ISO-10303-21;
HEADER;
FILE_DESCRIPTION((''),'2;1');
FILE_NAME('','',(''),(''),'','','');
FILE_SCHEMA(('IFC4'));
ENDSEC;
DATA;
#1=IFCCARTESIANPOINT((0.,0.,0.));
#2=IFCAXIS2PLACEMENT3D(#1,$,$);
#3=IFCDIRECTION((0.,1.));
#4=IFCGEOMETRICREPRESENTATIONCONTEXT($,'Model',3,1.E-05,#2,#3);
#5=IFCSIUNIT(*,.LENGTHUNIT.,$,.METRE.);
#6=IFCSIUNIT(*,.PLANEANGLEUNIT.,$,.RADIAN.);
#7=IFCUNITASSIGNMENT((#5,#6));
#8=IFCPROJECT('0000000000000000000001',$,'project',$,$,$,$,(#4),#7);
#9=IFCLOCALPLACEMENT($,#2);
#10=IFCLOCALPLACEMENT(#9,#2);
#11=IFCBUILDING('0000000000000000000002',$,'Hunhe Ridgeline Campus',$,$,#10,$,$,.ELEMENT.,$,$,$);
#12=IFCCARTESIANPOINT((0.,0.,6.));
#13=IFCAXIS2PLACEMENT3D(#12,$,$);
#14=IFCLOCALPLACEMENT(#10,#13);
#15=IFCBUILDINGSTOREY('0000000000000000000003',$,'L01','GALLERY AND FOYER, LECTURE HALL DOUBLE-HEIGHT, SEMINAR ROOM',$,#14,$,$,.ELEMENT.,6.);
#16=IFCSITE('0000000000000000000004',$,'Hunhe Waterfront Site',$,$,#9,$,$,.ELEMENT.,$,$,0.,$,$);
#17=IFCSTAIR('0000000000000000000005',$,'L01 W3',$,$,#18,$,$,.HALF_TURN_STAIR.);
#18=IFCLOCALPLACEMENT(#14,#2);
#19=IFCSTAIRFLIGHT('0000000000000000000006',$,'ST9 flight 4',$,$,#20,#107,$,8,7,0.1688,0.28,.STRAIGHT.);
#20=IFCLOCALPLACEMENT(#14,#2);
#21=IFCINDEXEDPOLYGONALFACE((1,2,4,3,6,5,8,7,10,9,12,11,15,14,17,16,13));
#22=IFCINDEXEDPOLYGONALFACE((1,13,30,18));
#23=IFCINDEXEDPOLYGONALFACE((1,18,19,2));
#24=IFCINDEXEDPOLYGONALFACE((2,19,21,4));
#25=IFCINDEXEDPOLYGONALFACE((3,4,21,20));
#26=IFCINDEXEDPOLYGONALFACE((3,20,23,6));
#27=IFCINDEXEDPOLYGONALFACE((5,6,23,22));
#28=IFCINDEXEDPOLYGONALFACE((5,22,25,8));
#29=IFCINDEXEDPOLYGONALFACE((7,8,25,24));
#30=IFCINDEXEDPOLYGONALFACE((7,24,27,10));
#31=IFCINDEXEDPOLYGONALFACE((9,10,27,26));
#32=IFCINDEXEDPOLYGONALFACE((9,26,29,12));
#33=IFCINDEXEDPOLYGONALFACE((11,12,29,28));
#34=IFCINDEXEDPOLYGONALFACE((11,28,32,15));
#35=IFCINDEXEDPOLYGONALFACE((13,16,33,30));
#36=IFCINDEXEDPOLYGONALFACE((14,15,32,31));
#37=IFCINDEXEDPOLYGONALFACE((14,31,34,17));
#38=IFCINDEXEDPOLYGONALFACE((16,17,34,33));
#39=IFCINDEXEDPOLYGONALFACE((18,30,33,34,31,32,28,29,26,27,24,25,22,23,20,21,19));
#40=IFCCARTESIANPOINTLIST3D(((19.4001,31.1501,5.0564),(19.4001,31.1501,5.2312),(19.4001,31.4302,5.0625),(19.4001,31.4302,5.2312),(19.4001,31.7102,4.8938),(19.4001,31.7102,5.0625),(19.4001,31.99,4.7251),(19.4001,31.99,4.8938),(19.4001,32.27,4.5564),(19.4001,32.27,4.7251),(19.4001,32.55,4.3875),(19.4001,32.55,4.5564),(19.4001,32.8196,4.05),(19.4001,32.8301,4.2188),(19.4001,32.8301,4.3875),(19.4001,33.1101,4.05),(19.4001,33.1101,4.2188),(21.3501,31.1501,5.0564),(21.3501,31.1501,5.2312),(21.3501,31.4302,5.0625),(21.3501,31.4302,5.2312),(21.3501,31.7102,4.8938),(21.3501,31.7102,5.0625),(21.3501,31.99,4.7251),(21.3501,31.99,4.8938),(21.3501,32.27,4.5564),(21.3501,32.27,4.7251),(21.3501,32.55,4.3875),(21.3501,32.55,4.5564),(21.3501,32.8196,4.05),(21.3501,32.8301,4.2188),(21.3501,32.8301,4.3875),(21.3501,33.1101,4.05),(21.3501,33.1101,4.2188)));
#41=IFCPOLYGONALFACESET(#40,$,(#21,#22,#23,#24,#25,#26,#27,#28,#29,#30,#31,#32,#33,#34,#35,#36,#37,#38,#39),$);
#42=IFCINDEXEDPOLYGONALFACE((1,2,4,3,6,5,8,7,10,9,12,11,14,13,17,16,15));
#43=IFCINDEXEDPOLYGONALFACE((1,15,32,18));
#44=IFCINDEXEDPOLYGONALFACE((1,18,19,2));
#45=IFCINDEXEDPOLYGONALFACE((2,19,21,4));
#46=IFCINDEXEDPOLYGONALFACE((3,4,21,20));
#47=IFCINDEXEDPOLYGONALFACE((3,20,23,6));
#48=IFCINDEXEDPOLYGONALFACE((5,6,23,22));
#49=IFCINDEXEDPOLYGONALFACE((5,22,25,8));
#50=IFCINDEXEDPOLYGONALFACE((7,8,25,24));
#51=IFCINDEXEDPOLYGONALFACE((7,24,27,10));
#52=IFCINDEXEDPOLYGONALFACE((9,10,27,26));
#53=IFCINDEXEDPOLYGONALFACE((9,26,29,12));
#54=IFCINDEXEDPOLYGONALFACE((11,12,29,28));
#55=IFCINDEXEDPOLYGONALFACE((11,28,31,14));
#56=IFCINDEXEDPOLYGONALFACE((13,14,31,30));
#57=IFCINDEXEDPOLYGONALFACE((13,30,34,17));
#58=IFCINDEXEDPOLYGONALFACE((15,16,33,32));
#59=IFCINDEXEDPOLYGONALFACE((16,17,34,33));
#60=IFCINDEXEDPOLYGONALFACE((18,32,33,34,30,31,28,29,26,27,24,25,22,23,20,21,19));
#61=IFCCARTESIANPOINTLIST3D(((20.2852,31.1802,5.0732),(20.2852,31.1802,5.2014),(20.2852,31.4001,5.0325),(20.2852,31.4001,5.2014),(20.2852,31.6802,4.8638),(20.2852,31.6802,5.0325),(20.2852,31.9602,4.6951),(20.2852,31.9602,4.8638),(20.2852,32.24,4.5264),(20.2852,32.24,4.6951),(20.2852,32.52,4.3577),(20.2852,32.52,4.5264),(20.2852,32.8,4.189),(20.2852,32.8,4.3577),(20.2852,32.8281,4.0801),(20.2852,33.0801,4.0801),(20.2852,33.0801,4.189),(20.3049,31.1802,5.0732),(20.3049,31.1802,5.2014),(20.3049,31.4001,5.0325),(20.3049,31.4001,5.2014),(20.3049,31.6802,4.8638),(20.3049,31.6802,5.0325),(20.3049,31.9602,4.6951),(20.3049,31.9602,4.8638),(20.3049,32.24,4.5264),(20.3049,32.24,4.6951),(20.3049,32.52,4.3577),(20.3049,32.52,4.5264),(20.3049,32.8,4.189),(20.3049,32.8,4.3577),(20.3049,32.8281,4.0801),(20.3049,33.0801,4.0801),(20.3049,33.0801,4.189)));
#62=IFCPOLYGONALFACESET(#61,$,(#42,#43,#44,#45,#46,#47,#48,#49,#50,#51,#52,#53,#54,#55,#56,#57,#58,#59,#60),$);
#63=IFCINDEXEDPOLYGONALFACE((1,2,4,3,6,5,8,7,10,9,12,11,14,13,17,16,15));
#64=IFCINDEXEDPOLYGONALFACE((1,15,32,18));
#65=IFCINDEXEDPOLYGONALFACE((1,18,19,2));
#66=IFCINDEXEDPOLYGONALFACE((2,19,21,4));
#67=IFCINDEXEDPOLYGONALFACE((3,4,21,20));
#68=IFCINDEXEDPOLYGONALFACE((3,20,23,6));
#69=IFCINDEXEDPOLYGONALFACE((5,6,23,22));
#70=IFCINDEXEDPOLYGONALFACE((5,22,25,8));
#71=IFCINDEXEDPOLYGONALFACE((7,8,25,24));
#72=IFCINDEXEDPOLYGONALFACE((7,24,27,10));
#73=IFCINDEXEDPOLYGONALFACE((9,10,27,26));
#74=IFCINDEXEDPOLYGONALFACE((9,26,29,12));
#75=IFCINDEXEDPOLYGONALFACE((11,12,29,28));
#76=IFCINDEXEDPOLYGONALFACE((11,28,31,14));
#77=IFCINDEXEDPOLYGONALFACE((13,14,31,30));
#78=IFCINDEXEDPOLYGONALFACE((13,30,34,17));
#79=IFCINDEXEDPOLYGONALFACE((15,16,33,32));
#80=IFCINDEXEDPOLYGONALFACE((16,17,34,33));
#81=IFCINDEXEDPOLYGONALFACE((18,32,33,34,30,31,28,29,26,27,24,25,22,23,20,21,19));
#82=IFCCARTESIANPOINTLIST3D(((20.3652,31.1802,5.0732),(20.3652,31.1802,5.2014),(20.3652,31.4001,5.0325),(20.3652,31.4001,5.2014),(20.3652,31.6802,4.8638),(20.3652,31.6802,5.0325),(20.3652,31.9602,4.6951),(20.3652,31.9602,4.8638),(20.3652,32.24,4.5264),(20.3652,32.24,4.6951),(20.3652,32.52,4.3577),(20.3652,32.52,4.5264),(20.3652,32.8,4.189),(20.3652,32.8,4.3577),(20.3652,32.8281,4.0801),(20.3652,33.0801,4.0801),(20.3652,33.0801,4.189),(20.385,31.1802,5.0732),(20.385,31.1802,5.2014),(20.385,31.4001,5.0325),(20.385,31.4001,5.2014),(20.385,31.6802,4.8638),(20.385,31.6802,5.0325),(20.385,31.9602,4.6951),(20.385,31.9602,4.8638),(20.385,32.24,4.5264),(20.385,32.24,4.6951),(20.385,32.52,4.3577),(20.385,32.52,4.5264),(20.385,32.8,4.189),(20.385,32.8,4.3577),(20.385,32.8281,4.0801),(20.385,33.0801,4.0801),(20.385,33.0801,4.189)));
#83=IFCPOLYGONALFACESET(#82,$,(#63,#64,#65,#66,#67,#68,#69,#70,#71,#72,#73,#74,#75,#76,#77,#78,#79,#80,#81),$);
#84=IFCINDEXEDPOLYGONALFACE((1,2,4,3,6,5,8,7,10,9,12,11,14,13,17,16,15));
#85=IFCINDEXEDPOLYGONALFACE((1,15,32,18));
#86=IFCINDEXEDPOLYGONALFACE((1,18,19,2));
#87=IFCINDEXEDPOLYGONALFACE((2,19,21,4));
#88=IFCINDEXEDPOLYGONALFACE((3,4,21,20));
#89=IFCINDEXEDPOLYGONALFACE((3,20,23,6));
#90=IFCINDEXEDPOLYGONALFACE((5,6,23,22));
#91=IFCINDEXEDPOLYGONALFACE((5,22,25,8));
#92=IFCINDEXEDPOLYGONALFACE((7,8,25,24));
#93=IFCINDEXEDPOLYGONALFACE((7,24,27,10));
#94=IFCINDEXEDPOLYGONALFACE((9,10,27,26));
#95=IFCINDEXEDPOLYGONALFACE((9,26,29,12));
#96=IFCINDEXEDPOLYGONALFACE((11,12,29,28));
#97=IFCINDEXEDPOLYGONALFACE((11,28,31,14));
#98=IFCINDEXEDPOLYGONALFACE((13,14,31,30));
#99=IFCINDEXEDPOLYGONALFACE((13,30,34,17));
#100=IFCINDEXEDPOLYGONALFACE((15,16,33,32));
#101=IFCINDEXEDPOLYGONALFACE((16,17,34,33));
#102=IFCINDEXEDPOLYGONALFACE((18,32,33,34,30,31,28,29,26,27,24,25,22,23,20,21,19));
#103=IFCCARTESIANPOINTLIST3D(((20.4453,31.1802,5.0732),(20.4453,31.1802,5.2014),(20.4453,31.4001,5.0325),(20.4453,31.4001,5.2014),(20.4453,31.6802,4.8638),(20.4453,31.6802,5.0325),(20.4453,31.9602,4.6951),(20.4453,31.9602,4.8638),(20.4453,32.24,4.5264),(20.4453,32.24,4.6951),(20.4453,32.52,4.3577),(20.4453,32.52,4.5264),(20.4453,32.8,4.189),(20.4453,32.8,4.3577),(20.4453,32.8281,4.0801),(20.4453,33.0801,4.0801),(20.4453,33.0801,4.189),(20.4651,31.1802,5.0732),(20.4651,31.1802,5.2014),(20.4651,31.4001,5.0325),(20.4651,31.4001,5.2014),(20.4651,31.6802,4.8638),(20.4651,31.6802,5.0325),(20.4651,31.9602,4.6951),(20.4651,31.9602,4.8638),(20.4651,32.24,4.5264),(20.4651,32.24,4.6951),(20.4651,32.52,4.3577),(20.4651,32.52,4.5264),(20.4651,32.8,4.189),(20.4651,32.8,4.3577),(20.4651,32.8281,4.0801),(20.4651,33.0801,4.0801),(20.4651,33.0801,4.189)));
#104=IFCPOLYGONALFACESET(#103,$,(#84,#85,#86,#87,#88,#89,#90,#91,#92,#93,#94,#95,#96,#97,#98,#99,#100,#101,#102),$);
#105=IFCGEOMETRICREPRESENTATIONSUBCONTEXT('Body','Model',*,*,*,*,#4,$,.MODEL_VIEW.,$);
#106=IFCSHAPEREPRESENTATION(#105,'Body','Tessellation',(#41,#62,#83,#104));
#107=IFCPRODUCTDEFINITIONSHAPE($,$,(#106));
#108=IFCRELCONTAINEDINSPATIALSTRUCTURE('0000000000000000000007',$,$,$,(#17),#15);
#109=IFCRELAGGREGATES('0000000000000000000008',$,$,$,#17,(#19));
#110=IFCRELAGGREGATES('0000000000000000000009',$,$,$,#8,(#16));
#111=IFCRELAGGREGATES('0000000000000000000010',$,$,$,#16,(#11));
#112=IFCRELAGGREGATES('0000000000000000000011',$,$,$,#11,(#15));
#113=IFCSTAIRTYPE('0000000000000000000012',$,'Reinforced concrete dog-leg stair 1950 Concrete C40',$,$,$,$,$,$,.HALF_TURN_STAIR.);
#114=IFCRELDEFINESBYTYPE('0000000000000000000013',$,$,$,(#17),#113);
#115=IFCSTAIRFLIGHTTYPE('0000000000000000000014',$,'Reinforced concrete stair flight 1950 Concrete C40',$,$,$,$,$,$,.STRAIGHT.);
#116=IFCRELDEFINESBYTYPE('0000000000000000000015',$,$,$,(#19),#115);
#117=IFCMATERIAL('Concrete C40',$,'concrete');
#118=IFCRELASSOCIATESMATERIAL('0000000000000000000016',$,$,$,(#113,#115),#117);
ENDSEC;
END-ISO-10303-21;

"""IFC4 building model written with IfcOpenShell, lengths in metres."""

from ifc_helpers import new_model, si_unit, direction, frame, origin, place, context, subcontext, project, spatial, polyline, outline, extrude, material, type_object, element, aggregate, save


model = new_model("IFC4")

# Units and contexts
model_context = context("Model", 3, precision=1e-05, world=origin(), true_north=direction((0.0, 1.0)))
body_context = subcontext(model_context, "Body", "Model", "MODEL_VIEW")
ifc_project = project(units=[si_unit("LENGTHUNIT", "METRE"), si_unit("PLANEANGLEUNIT", "RADIAN")], contexts=[model_context])

# Site, building, storey
site_placement = place(None, origin())
site = spatial("IfcSite", under=ifc_project, at=site_placement, Name="Hunhe Waterfront Site", CompositionType="ELEMENT", RefElevation=0.0)
building_placement = place(site_placement, origin())
building = spatial("IfcBuilding", under=site, at=building_placement, Name="Hunhe Ridgeline Campus", CompositionType="ELEMENT")
storey_placement = place(building_placement, frame((0.0, 0.0, 6.0)))
storey = spatial("IfcBuildingStorey", under=building, at=storey_placement, Name="L01", Description="GALLERY AND FOYER, LECTURE HALL DOUBLE-HEIGHT, SEMINAR ROOM", CompositionType="ELEMENT", Elevation=6.0)

# Stair, stair flight
ifc_material_1 = material(Name="Concrete C40", Category="concrete")
stair_type = type_object("IfcStairType", Name="Reinforced concrete dog-leg stair 1950 Concrete C40", PredefinedType="HALF_TURN_STAIR", material=ifc_material_1)
stair_1_placement = place(storey_placement, origin())
stair_1 = element("IfcStair", 1, at=stair_1_placement, inside=storey, type_object=stair_type, Name="L01 W3", PredefinedType="HALF_TURN_STAIR")
stair_flight_type = type_object("IfcStairFlightType", Name="Reinforced concrete stair flight 1950 Concrete C40", PredefinedType="STRAIGHT", material=ifc_material_1)
stair_flight_1_placement = place(storey_placement, frame((20.375, 33.1101, 4.05), z_axis=(0.0, 0.0, 1.0), x_axis=(0.0, -1.0, 0.0)))
stair_flight_1 = element("IfcStairFlight", 2, at=stair_flight_1_placement, type_object=stair_flight_type, Name="ST9 flight 4", NumberOfRisers=8, NumberOfTreads=7, PredefinedType="STRAIGHT", RiserHeight=0.1688, TreadLength=0.28, context=body_context, shape_type="SweptSolid", body=[
    extrude(outline(polyline([(0.0, 0.0), (0.0, 0.1687), (0.28, 0.1687), (0.28, 0.3374), (0.5601, 0.3374), (0.5601, 0.5063), (0.8401, 0.5063), (0.8401, 0.675), (1.1201, 0.675), (1.1201, 0.8438), (1.3999, 0.8438), (1.3999, 1.0125), (1.6799, 1.0125), (1.6799, 1.1812), (1.96, 1.1812), (1.96, 1.3501), (1.96, 1.0063), (0.2905, 0.0), (0.0, 0.0)])), frame((0.0, 0.9751, 0.0), z_axis=(0.0, -1.0, 0.0), x_axis=(1.0, 0.0, 0.0)), (0.0, 0.0, 1.0), 1.95),
    extrude(outline(polyline([(0.03, 0.03), (0.03, 0.1389), (0.3101, 0.1389), (0.3101, 0.3076), (0.5901, 0.3076), (0.5901, 0.4763), (0.8701, 0.4763), (0.8701, 0.645), (1.1499, 0.645), (1.1499, 0.8137), (1.4299, 0.8137), (1.4299, 0.9824), (1.71, 0.9824), (1.71, 1.1514), (1.9299, 1.1514), (1.9299, 1.0232), (0.282, 0.03), (0.03, 0.03)])), frame((0.0, -0.0701, 0.0), z_axis=(0.0, -1.0, 0.0), x_axis=(1.0, 0.0, 0.0)), (0.0, 0.0, 1.0), 0.0198),
    extrude(outline(polyline([(0.03, 0.03), (0.03, 0.1389), (0.3101, 0.1389), (0.3101, 0.3076), (0.5901, 0.3076), (0.5901, 0.4763), (0.8701, 0.4763), (0.8701, 0.645), (1.1499, 0.645), (1.1499, 0.8137), (1.4299, 0.8137), (1.4299, 0.9824), (1.71, 0.9824), (1.71, 1.1514), (1.9299, 1.1514), (1.9299, 1.0232), (0.282, 0.03), (0.03, 0.03)])), frame((0.0, 0.01, 0.0), z_axis=(0.0, -1.0, 0.0), x_axis=(1.0, 0.0, 0.0)), (0.0, 0.0, 1.0), 0.0198),
    extrude(outline(polyline([(0.03, 0.03), (0.03, 0.1389), (0.3101, 0.1389), (0.3101, 0.3076), (0.5901, 0.3076), (0.5901, 0.4763), (0.8701, 0.4763), (0.8701, 0.645), (1.1499, 0.645), (1.1499, 0.8137), (1.4299, 0.8137), (1.4299, 0.9824), (1.71, 0.9824), (1.71, 1.1514), (1.9299, 1.1514), (1.9299, 1.0232), (0.282, 0.03), (0.03, 0.03)])), frame((0.0, 0.0901, 0.0), z_axis=(0.0, -1.0, 0.0), x_axis=(1.0, 0.0, 0.0)), (0.0, 0.0, 1.0), 0.0198),
])
aggregate(stair_1, [stair_flight_1])

save(model, "model.ifc")
